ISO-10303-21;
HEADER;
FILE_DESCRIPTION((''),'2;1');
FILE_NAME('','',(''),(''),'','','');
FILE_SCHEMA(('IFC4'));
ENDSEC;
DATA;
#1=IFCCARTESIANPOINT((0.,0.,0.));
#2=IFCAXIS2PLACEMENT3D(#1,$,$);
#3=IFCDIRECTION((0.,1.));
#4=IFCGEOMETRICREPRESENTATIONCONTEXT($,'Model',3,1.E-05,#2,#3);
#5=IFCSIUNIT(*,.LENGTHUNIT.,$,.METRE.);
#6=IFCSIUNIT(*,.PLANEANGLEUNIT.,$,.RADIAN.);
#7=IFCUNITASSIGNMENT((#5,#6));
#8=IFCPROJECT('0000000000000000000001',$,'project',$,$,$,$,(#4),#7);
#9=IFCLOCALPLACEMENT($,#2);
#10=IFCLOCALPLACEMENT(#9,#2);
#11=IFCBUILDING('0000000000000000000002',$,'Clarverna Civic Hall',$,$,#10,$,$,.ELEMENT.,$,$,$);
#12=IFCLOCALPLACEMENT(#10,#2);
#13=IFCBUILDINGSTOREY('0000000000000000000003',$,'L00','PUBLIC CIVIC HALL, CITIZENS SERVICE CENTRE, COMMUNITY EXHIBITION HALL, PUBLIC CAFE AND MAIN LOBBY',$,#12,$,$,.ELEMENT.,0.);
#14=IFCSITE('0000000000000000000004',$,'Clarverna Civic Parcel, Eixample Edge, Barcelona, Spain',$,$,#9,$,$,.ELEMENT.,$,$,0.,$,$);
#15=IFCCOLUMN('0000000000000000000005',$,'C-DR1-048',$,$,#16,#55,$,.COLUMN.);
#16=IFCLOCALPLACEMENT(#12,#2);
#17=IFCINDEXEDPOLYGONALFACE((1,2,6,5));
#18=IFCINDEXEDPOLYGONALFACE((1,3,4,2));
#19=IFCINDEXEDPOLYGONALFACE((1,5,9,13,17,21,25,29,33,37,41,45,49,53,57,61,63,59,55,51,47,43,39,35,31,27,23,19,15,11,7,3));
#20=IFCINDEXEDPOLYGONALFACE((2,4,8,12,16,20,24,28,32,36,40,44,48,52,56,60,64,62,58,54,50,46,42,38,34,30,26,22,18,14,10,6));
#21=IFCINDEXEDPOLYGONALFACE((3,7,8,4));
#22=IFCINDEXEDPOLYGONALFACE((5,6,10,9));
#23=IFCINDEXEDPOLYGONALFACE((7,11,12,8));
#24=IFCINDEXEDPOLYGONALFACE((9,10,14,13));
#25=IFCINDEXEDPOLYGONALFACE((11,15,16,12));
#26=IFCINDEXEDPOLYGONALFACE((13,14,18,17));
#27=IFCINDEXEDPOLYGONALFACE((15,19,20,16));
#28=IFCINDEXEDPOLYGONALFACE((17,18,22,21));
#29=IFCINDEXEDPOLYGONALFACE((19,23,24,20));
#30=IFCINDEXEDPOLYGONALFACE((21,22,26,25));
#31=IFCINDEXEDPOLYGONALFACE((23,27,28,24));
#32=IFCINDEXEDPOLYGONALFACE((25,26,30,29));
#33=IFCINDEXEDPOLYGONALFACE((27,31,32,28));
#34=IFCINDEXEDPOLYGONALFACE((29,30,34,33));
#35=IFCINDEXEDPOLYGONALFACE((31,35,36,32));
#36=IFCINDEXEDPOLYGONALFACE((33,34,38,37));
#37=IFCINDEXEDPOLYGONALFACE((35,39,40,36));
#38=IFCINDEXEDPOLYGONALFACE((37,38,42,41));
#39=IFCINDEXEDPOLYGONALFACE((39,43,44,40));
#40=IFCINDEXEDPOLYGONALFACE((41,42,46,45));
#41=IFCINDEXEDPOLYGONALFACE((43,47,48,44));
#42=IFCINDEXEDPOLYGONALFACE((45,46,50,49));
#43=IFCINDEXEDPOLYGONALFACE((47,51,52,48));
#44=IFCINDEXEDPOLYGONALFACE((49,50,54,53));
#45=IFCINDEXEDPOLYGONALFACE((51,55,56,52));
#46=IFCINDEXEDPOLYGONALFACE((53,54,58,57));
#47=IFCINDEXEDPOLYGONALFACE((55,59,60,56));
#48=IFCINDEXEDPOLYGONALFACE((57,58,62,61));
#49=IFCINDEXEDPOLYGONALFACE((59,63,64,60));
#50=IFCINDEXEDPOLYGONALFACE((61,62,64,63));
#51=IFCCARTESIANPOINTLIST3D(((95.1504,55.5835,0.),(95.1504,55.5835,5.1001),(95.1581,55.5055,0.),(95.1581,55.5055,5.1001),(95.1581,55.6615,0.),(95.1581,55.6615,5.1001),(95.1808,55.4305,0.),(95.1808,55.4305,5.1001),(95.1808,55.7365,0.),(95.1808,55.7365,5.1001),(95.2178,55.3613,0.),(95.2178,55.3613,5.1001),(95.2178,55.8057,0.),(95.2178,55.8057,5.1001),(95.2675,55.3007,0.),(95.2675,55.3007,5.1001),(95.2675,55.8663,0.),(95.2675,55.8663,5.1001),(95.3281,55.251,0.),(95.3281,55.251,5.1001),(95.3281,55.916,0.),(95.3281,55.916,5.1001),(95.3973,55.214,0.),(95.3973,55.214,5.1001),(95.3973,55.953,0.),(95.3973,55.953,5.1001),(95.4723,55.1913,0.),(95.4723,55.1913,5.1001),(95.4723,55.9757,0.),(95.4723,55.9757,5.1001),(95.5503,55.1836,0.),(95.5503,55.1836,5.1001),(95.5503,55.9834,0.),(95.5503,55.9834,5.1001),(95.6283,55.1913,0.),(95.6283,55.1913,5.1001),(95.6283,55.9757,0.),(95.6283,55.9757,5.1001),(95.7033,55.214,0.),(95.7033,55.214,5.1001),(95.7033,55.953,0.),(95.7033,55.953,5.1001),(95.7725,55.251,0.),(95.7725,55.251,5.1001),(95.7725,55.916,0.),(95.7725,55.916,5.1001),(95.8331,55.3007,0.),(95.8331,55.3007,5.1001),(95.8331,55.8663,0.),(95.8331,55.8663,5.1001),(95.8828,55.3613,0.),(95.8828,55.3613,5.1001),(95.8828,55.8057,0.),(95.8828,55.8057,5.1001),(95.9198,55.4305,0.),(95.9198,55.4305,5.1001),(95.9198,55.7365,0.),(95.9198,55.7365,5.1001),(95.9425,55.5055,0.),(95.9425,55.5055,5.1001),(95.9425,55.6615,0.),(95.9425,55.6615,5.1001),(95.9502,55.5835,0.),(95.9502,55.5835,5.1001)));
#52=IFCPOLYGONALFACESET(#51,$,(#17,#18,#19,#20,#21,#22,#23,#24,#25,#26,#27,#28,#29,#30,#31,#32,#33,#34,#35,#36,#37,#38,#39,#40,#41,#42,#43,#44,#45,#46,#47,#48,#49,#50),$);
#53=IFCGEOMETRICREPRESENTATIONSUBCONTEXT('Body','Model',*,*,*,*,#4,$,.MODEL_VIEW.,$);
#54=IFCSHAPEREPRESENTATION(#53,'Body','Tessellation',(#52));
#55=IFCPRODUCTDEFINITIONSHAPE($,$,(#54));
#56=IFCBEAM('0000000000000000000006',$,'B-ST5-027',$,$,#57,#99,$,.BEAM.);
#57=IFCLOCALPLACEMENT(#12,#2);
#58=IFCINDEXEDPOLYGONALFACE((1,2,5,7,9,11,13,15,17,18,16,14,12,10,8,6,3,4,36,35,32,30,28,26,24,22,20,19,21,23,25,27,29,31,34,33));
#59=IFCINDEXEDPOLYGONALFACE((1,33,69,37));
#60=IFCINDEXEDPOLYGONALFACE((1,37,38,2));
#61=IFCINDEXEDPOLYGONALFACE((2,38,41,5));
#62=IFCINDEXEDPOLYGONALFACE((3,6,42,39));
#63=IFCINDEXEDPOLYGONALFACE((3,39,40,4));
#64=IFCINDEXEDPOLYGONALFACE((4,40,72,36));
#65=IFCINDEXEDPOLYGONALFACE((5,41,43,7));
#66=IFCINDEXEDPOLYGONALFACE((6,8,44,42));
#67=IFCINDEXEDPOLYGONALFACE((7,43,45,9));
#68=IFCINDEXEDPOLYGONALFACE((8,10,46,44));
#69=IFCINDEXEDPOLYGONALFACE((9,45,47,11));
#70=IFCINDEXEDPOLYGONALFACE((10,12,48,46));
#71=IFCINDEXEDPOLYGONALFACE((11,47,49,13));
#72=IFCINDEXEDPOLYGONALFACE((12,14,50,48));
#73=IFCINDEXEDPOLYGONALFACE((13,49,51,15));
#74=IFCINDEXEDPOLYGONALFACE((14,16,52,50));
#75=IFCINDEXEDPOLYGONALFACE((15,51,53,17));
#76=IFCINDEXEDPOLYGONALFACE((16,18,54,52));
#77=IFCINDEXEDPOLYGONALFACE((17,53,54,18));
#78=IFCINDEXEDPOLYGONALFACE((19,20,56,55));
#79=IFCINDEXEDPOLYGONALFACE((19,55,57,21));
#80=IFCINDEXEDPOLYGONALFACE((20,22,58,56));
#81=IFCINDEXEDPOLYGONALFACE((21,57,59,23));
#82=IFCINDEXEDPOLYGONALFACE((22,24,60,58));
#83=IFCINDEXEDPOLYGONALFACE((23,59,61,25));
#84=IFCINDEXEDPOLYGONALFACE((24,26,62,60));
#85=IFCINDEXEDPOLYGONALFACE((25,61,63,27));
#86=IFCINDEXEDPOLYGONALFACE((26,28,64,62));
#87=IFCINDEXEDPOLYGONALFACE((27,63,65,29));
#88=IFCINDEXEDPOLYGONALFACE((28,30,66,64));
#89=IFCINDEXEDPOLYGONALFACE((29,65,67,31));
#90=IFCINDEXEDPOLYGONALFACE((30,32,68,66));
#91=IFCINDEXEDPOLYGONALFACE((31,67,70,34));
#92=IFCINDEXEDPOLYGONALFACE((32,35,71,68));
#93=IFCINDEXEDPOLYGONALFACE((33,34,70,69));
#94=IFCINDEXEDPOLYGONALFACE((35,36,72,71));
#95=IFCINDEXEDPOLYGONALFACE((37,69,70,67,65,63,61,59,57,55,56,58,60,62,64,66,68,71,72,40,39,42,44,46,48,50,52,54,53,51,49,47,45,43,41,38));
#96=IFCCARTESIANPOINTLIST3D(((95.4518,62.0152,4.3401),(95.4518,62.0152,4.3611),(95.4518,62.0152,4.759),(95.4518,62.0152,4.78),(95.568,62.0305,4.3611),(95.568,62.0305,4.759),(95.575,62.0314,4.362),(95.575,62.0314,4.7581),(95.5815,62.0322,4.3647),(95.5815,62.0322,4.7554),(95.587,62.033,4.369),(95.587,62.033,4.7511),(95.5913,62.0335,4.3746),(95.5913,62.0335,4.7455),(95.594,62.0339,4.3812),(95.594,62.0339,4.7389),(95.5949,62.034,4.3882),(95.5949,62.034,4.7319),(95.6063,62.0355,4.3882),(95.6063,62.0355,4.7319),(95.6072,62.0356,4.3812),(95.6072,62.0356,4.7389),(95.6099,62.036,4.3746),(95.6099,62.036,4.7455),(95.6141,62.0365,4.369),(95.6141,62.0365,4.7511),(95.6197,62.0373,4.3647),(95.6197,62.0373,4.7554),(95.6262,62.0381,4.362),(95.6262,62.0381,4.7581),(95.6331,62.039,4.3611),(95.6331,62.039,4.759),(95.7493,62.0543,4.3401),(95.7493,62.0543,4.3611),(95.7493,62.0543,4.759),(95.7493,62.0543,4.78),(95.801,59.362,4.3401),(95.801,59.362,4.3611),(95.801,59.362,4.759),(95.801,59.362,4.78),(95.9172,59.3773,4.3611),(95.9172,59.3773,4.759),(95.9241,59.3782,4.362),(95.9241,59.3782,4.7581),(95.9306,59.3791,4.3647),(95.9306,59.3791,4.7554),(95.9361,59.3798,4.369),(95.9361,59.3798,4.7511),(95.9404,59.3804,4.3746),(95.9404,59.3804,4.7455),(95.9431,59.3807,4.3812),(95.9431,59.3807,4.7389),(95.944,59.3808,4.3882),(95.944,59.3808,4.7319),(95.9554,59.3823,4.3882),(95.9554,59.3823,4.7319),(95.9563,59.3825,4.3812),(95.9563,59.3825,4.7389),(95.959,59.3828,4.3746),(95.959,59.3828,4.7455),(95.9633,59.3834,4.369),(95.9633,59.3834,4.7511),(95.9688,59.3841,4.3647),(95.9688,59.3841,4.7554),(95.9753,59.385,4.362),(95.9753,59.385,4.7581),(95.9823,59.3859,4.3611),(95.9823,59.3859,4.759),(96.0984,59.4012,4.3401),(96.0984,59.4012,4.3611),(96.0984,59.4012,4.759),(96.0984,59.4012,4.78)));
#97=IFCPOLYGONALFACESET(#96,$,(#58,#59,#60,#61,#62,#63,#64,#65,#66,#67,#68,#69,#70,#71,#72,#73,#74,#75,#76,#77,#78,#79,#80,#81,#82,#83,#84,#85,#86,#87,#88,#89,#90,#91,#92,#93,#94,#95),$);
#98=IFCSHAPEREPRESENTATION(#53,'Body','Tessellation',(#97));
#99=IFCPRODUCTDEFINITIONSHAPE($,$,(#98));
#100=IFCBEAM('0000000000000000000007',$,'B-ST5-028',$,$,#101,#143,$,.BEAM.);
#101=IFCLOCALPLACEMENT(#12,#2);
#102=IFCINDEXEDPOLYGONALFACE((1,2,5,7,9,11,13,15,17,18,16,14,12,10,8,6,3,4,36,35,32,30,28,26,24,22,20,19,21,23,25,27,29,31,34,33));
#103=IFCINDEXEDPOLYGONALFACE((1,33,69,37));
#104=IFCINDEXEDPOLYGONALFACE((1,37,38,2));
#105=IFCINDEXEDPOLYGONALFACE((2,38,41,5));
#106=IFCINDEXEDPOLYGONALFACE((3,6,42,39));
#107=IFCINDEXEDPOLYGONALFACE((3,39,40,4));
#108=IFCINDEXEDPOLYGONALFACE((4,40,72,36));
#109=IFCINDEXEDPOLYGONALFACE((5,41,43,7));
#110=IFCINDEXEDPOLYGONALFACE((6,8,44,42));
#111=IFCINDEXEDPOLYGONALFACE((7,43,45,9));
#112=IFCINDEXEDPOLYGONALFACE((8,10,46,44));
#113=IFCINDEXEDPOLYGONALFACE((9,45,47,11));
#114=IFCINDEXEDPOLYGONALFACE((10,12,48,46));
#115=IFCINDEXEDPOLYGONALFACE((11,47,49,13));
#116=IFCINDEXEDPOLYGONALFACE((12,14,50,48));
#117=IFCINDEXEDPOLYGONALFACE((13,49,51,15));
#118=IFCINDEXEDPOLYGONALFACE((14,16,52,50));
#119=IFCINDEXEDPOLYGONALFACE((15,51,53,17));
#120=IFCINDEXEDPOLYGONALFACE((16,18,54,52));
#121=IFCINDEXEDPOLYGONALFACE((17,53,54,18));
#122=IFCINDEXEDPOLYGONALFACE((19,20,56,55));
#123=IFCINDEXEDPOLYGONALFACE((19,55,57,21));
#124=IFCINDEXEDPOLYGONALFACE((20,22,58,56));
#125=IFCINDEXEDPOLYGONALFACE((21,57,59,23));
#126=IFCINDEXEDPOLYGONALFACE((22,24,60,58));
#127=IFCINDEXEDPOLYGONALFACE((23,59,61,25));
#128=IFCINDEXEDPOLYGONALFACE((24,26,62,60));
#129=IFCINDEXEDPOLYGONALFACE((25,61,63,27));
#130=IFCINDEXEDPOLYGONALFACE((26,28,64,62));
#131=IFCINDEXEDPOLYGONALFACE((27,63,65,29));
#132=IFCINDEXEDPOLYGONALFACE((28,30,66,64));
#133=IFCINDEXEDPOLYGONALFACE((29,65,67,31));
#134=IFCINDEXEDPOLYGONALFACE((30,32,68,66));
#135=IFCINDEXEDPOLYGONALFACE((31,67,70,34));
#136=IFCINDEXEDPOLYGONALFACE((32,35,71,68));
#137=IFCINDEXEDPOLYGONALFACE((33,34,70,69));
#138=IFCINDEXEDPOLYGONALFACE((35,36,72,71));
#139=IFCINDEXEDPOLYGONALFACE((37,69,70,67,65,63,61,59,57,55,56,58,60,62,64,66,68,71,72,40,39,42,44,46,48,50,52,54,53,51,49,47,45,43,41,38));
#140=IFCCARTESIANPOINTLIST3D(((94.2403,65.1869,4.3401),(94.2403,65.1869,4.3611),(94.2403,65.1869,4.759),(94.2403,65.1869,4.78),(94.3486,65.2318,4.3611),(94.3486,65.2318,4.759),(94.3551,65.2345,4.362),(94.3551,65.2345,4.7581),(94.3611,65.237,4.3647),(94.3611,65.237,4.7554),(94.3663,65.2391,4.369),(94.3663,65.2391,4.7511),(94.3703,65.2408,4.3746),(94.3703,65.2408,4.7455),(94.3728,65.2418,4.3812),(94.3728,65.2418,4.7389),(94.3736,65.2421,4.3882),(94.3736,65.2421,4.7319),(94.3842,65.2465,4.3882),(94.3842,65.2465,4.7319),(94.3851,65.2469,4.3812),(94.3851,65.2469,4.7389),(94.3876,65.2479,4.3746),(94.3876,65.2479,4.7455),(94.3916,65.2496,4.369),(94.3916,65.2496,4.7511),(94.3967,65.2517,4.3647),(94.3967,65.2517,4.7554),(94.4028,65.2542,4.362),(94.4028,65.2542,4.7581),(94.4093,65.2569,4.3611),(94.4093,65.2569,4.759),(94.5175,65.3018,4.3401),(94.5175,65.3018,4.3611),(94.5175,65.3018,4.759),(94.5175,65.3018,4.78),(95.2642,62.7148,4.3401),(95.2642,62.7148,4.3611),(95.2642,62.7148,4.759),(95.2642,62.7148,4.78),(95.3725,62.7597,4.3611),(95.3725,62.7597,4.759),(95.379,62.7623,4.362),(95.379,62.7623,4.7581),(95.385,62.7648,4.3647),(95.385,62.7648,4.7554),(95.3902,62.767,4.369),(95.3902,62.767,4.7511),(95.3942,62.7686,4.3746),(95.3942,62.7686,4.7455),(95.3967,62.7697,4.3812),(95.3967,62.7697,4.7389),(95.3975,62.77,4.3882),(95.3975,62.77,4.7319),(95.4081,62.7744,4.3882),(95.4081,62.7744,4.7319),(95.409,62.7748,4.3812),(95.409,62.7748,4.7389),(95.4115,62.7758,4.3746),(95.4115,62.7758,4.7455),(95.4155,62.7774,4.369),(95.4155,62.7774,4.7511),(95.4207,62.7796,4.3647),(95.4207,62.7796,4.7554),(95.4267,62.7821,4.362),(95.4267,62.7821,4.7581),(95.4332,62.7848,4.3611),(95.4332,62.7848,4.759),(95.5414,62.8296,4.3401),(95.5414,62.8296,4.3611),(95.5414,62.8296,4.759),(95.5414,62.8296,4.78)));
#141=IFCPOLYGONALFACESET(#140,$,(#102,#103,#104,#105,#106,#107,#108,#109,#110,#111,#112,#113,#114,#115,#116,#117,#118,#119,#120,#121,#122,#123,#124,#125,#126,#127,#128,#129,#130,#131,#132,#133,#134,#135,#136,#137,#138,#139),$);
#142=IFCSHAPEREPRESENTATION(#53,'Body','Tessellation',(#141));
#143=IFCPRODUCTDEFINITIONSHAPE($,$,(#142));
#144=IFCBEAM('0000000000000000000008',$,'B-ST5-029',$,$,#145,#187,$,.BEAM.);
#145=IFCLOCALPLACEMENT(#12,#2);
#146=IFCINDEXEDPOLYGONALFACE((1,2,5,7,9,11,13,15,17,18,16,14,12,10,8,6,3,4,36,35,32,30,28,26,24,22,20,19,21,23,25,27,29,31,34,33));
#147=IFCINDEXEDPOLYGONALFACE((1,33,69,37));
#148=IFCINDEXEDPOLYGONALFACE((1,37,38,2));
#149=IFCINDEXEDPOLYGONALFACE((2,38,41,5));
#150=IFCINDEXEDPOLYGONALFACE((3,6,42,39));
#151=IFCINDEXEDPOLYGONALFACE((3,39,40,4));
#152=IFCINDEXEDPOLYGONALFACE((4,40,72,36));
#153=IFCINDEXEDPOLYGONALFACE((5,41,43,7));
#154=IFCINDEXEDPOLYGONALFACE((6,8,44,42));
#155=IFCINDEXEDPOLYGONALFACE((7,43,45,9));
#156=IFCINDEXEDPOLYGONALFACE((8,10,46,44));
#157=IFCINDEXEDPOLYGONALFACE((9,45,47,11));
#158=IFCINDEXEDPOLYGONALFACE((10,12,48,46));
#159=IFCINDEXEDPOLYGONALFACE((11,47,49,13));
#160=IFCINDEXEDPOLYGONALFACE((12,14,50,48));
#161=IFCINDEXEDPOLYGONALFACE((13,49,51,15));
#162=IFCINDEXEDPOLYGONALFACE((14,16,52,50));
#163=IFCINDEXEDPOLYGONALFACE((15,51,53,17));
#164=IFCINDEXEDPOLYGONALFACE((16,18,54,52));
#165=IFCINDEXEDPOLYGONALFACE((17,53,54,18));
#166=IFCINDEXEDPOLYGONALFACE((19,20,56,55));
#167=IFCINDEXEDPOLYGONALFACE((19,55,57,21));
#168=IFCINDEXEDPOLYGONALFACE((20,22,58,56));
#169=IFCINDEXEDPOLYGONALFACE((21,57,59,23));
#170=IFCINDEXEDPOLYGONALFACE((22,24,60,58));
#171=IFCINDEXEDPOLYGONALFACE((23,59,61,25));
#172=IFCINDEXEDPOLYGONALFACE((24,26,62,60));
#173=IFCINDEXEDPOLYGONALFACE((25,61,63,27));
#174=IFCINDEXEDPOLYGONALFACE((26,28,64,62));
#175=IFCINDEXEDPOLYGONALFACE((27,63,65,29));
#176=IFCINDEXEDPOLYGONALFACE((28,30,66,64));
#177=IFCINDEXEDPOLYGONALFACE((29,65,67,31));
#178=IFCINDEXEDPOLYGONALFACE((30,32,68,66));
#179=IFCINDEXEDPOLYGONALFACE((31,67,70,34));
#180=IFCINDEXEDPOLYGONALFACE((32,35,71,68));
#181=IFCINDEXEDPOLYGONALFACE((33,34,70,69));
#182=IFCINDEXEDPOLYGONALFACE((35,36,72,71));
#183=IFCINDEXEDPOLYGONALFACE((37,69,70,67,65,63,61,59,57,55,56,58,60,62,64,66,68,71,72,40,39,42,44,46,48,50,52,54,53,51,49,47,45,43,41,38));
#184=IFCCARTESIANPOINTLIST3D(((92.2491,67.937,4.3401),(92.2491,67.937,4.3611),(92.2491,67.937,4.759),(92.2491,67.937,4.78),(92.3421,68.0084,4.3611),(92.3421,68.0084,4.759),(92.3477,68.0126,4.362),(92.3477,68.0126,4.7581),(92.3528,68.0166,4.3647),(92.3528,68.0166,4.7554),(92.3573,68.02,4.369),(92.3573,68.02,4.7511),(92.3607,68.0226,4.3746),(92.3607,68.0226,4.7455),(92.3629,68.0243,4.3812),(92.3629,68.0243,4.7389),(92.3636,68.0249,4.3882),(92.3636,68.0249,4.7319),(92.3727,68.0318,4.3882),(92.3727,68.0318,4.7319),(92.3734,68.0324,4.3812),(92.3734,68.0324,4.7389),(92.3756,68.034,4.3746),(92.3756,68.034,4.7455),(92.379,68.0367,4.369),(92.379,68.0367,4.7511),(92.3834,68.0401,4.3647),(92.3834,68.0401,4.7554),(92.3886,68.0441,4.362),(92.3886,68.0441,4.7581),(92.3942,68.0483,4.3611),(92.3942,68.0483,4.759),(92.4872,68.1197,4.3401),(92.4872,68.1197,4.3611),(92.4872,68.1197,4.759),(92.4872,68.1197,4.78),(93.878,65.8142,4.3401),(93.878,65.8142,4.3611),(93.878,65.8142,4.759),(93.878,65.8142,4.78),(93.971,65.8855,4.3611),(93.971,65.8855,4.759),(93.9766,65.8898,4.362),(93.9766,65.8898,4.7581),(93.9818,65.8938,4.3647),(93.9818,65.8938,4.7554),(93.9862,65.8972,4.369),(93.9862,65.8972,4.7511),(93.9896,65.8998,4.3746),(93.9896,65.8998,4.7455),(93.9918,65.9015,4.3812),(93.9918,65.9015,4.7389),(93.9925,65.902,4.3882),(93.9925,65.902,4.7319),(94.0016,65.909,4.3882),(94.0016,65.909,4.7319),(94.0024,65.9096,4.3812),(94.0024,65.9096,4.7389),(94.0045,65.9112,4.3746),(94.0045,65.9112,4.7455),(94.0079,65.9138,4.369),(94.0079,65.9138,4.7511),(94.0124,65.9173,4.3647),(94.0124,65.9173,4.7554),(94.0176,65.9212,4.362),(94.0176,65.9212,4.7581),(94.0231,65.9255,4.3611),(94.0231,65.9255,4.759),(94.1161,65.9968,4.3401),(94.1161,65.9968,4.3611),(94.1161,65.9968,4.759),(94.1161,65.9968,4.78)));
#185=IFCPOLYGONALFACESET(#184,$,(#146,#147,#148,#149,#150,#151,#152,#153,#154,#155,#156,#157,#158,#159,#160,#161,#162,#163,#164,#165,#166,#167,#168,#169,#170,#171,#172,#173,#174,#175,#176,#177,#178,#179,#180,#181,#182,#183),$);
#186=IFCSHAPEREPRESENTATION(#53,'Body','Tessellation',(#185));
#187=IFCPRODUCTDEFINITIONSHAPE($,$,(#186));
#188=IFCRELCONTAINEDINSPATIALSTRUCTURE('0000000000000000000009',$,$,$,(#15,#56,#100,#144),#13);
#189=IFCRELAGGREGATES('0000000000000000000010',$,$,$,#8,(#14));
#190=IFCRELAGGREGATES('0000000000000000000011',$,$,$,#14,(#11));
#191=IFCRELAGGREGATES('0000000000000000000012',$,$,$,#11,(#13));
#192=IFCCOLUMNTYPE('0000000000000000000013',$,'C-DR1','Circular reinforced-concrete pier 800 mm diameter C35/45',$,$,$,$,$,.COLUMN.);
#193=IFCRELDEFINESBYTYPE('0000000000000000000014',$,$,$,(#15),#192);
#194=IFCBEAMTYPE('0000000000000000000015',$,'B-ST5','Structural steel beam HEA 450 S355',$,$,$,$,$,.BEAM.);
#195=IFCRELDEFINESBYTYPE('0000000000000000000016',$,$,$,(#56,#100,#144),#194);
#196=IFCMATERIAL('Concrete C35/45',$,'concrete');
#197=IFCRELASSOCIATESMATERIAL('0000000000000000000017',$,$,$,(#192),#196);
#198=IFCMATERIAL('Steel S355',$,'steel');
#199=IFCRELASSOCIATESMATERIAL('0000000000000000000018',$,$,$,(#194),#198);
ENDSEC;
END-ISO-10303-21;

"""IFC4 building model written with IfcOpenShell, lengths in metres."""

from ifc_helpers import new_model, si_unit, direction, frame, origin, origin_2d, place, context, subcontext, project, spatial, circle, i_section, extrude, material, material_profile, profile_set, type_object, element, save


model = new_model("IFC4")

# Units and contexts
model_context = context("Model", 3, precision=1e-05, world=origin(), true_north=direction((0.0, 1.0)))
body_context = subcontext(model_context, "Body", "Model", "MODEL_VIEW")
ifc_project = project(units=[si_unit("LENGTHUNIT", "METRE"), si_unit("PLANEANGLEUNIT", "RADIAN")], contexts=[model_context])

# Site, building, storey
site_placement = place(None, origin())
site = spatial("IfcSite", under=ifc_project, at=site_placement, Name="Clarverna Civic Parcel, Eixample Edge, Barcelona, Spain", CompositionType="ELEMENT", RefElevation=0.0)
building_placement = place(site_placement, origin())
building = spatial("IfcBuilding", under=site, at=building_placement, Name="Clarverna Civic Hall", CompositionType="ELEMENT")
storey_placement = place(building_placement, origin())
storey = spatial("IfcBuildingStorey", under=building, at=storey_placement, Name="L00", Description="PUBLIC CIVIC HALL, CITIZENS SERVICE CENTRE, COMMUNITY EXHIBITION HALL, PUBLIC CAFE AND MAIN LOBBY", CompositionType="ELEMENT", Elevation=0.0)

# Column
ifc_material_1 = material(Name="Concrete C35/45", Category="concrete")
ifc_material_profile_1 = material_profile(ifc_material_1, circle(Radius=0.3999, at=origin_2d()), Name="RC D800")
ifc_profile_set_1 = profile_set([ifc_material_profile_1], Name="Concrete C35/45")
column_type_1 = type_object("IfcColumnType", Name="C-DR1", Description="Circular reinforced-concrete pier 800 mm diameter C35/45", PredefinedType="COLUMN", material=ifc_profile_set_1)
for number, where, z_axis, x_axis, name in (
    (1, (95.5503, 55.5835, 0.0), (0.0, 0.0, 1.0), (1.0, 0.0, 0.0), "C-DR1-048"),
):
    element("IfcColumn", number, at=place(storey_placement, frame(where, z_axis=z_axis, x_axis=x_axis)), inside=storey, type_object=column_type_1, Name=name, PredefinedType="COLUMN", context=body_context, shape_type="SweptSolid", body=[
        extrude(circle(Radius=0.3999, at=origin_2d()), origin(), (0.0, 0.0, 1.0), 5.1001),
    ])

# Beams
ifc_material_2 = material(Name="Steel S355", Category="steel")
ifc_material_profile_2 = material_profile(ifc_material_2, i_section(OverallWidth=0.3, OverallDepth=0.4399, WebThickness=0.0115, FlangeThickness=0.021, FilletRadius=0.0271, at=origin_2d()), Name="HEA 450")
ifc_profile_set_2 = profile_set([ifc_material_profile_2], Name="Steel S355")
beam_type_1 = type_object("IfcBeamType", Name="B-ST5", Description="Structural steel beam HEA 450 S355", PredefinedType="BEAM", material=ifc_profile_set_2)
beam_1_placement = place(storey_placement, frame((95.9497, 59.3816, 4.5601), z_axis=(-0.130466, 0.991453, 0.0), x_axis=(-0.991453, -0.130466, 0.0)))
element("IfcBeam", 2, at=beam_1_placement, inside=storey, type_object=beam_type_1, Name="B-ST5-027", PredefinedType="BEAM", context=body_context, shape_type="SweptSolid", body=[
    extrude(i_section(OverallWidth=0.3, OverallDepth=0.4399, WebThickness=0.0115, FlangeThickness=0.021, FilletRadius=0.0271, at=origin_2d()), origin(), (0.0, 0.0, 1.0), 2.676),
])
for number, where, z_axis, x_axis, name in (
    (3, (95.4028, 62.7722, 4.5601), (-0.382658, 0.92389, 0.0), (-0.92389, -0.382658, 0.0), "B-ST5-028"),
    (4, (93.9971, 65.9055, 4.5601), (-0.608767, 0.793349, 0.0), (-0.793349, -0.608767, 0.0), "B-ST5-029"),
):
    element("IfcBeam", number, at=place(storey_placement, frame(where, z_axis=z_axis, x_axis=x_axis)), inside=storey, type_object=beam_type_1, Name=name, PredefinedType="BEAM", context=body_context, shape_type="SweptSolid", body=[
        extrude(i_section(OverallWidth=0.3, OverallDepth=0.4399, WebThickness=0.0115, FlangeThickness=0.021, FilletRadius=0.0271, at=origin_2d()), origin(), (0.0, 0.0, 1.0), 2.6758),
    ])

save(model, "model.ifc")
